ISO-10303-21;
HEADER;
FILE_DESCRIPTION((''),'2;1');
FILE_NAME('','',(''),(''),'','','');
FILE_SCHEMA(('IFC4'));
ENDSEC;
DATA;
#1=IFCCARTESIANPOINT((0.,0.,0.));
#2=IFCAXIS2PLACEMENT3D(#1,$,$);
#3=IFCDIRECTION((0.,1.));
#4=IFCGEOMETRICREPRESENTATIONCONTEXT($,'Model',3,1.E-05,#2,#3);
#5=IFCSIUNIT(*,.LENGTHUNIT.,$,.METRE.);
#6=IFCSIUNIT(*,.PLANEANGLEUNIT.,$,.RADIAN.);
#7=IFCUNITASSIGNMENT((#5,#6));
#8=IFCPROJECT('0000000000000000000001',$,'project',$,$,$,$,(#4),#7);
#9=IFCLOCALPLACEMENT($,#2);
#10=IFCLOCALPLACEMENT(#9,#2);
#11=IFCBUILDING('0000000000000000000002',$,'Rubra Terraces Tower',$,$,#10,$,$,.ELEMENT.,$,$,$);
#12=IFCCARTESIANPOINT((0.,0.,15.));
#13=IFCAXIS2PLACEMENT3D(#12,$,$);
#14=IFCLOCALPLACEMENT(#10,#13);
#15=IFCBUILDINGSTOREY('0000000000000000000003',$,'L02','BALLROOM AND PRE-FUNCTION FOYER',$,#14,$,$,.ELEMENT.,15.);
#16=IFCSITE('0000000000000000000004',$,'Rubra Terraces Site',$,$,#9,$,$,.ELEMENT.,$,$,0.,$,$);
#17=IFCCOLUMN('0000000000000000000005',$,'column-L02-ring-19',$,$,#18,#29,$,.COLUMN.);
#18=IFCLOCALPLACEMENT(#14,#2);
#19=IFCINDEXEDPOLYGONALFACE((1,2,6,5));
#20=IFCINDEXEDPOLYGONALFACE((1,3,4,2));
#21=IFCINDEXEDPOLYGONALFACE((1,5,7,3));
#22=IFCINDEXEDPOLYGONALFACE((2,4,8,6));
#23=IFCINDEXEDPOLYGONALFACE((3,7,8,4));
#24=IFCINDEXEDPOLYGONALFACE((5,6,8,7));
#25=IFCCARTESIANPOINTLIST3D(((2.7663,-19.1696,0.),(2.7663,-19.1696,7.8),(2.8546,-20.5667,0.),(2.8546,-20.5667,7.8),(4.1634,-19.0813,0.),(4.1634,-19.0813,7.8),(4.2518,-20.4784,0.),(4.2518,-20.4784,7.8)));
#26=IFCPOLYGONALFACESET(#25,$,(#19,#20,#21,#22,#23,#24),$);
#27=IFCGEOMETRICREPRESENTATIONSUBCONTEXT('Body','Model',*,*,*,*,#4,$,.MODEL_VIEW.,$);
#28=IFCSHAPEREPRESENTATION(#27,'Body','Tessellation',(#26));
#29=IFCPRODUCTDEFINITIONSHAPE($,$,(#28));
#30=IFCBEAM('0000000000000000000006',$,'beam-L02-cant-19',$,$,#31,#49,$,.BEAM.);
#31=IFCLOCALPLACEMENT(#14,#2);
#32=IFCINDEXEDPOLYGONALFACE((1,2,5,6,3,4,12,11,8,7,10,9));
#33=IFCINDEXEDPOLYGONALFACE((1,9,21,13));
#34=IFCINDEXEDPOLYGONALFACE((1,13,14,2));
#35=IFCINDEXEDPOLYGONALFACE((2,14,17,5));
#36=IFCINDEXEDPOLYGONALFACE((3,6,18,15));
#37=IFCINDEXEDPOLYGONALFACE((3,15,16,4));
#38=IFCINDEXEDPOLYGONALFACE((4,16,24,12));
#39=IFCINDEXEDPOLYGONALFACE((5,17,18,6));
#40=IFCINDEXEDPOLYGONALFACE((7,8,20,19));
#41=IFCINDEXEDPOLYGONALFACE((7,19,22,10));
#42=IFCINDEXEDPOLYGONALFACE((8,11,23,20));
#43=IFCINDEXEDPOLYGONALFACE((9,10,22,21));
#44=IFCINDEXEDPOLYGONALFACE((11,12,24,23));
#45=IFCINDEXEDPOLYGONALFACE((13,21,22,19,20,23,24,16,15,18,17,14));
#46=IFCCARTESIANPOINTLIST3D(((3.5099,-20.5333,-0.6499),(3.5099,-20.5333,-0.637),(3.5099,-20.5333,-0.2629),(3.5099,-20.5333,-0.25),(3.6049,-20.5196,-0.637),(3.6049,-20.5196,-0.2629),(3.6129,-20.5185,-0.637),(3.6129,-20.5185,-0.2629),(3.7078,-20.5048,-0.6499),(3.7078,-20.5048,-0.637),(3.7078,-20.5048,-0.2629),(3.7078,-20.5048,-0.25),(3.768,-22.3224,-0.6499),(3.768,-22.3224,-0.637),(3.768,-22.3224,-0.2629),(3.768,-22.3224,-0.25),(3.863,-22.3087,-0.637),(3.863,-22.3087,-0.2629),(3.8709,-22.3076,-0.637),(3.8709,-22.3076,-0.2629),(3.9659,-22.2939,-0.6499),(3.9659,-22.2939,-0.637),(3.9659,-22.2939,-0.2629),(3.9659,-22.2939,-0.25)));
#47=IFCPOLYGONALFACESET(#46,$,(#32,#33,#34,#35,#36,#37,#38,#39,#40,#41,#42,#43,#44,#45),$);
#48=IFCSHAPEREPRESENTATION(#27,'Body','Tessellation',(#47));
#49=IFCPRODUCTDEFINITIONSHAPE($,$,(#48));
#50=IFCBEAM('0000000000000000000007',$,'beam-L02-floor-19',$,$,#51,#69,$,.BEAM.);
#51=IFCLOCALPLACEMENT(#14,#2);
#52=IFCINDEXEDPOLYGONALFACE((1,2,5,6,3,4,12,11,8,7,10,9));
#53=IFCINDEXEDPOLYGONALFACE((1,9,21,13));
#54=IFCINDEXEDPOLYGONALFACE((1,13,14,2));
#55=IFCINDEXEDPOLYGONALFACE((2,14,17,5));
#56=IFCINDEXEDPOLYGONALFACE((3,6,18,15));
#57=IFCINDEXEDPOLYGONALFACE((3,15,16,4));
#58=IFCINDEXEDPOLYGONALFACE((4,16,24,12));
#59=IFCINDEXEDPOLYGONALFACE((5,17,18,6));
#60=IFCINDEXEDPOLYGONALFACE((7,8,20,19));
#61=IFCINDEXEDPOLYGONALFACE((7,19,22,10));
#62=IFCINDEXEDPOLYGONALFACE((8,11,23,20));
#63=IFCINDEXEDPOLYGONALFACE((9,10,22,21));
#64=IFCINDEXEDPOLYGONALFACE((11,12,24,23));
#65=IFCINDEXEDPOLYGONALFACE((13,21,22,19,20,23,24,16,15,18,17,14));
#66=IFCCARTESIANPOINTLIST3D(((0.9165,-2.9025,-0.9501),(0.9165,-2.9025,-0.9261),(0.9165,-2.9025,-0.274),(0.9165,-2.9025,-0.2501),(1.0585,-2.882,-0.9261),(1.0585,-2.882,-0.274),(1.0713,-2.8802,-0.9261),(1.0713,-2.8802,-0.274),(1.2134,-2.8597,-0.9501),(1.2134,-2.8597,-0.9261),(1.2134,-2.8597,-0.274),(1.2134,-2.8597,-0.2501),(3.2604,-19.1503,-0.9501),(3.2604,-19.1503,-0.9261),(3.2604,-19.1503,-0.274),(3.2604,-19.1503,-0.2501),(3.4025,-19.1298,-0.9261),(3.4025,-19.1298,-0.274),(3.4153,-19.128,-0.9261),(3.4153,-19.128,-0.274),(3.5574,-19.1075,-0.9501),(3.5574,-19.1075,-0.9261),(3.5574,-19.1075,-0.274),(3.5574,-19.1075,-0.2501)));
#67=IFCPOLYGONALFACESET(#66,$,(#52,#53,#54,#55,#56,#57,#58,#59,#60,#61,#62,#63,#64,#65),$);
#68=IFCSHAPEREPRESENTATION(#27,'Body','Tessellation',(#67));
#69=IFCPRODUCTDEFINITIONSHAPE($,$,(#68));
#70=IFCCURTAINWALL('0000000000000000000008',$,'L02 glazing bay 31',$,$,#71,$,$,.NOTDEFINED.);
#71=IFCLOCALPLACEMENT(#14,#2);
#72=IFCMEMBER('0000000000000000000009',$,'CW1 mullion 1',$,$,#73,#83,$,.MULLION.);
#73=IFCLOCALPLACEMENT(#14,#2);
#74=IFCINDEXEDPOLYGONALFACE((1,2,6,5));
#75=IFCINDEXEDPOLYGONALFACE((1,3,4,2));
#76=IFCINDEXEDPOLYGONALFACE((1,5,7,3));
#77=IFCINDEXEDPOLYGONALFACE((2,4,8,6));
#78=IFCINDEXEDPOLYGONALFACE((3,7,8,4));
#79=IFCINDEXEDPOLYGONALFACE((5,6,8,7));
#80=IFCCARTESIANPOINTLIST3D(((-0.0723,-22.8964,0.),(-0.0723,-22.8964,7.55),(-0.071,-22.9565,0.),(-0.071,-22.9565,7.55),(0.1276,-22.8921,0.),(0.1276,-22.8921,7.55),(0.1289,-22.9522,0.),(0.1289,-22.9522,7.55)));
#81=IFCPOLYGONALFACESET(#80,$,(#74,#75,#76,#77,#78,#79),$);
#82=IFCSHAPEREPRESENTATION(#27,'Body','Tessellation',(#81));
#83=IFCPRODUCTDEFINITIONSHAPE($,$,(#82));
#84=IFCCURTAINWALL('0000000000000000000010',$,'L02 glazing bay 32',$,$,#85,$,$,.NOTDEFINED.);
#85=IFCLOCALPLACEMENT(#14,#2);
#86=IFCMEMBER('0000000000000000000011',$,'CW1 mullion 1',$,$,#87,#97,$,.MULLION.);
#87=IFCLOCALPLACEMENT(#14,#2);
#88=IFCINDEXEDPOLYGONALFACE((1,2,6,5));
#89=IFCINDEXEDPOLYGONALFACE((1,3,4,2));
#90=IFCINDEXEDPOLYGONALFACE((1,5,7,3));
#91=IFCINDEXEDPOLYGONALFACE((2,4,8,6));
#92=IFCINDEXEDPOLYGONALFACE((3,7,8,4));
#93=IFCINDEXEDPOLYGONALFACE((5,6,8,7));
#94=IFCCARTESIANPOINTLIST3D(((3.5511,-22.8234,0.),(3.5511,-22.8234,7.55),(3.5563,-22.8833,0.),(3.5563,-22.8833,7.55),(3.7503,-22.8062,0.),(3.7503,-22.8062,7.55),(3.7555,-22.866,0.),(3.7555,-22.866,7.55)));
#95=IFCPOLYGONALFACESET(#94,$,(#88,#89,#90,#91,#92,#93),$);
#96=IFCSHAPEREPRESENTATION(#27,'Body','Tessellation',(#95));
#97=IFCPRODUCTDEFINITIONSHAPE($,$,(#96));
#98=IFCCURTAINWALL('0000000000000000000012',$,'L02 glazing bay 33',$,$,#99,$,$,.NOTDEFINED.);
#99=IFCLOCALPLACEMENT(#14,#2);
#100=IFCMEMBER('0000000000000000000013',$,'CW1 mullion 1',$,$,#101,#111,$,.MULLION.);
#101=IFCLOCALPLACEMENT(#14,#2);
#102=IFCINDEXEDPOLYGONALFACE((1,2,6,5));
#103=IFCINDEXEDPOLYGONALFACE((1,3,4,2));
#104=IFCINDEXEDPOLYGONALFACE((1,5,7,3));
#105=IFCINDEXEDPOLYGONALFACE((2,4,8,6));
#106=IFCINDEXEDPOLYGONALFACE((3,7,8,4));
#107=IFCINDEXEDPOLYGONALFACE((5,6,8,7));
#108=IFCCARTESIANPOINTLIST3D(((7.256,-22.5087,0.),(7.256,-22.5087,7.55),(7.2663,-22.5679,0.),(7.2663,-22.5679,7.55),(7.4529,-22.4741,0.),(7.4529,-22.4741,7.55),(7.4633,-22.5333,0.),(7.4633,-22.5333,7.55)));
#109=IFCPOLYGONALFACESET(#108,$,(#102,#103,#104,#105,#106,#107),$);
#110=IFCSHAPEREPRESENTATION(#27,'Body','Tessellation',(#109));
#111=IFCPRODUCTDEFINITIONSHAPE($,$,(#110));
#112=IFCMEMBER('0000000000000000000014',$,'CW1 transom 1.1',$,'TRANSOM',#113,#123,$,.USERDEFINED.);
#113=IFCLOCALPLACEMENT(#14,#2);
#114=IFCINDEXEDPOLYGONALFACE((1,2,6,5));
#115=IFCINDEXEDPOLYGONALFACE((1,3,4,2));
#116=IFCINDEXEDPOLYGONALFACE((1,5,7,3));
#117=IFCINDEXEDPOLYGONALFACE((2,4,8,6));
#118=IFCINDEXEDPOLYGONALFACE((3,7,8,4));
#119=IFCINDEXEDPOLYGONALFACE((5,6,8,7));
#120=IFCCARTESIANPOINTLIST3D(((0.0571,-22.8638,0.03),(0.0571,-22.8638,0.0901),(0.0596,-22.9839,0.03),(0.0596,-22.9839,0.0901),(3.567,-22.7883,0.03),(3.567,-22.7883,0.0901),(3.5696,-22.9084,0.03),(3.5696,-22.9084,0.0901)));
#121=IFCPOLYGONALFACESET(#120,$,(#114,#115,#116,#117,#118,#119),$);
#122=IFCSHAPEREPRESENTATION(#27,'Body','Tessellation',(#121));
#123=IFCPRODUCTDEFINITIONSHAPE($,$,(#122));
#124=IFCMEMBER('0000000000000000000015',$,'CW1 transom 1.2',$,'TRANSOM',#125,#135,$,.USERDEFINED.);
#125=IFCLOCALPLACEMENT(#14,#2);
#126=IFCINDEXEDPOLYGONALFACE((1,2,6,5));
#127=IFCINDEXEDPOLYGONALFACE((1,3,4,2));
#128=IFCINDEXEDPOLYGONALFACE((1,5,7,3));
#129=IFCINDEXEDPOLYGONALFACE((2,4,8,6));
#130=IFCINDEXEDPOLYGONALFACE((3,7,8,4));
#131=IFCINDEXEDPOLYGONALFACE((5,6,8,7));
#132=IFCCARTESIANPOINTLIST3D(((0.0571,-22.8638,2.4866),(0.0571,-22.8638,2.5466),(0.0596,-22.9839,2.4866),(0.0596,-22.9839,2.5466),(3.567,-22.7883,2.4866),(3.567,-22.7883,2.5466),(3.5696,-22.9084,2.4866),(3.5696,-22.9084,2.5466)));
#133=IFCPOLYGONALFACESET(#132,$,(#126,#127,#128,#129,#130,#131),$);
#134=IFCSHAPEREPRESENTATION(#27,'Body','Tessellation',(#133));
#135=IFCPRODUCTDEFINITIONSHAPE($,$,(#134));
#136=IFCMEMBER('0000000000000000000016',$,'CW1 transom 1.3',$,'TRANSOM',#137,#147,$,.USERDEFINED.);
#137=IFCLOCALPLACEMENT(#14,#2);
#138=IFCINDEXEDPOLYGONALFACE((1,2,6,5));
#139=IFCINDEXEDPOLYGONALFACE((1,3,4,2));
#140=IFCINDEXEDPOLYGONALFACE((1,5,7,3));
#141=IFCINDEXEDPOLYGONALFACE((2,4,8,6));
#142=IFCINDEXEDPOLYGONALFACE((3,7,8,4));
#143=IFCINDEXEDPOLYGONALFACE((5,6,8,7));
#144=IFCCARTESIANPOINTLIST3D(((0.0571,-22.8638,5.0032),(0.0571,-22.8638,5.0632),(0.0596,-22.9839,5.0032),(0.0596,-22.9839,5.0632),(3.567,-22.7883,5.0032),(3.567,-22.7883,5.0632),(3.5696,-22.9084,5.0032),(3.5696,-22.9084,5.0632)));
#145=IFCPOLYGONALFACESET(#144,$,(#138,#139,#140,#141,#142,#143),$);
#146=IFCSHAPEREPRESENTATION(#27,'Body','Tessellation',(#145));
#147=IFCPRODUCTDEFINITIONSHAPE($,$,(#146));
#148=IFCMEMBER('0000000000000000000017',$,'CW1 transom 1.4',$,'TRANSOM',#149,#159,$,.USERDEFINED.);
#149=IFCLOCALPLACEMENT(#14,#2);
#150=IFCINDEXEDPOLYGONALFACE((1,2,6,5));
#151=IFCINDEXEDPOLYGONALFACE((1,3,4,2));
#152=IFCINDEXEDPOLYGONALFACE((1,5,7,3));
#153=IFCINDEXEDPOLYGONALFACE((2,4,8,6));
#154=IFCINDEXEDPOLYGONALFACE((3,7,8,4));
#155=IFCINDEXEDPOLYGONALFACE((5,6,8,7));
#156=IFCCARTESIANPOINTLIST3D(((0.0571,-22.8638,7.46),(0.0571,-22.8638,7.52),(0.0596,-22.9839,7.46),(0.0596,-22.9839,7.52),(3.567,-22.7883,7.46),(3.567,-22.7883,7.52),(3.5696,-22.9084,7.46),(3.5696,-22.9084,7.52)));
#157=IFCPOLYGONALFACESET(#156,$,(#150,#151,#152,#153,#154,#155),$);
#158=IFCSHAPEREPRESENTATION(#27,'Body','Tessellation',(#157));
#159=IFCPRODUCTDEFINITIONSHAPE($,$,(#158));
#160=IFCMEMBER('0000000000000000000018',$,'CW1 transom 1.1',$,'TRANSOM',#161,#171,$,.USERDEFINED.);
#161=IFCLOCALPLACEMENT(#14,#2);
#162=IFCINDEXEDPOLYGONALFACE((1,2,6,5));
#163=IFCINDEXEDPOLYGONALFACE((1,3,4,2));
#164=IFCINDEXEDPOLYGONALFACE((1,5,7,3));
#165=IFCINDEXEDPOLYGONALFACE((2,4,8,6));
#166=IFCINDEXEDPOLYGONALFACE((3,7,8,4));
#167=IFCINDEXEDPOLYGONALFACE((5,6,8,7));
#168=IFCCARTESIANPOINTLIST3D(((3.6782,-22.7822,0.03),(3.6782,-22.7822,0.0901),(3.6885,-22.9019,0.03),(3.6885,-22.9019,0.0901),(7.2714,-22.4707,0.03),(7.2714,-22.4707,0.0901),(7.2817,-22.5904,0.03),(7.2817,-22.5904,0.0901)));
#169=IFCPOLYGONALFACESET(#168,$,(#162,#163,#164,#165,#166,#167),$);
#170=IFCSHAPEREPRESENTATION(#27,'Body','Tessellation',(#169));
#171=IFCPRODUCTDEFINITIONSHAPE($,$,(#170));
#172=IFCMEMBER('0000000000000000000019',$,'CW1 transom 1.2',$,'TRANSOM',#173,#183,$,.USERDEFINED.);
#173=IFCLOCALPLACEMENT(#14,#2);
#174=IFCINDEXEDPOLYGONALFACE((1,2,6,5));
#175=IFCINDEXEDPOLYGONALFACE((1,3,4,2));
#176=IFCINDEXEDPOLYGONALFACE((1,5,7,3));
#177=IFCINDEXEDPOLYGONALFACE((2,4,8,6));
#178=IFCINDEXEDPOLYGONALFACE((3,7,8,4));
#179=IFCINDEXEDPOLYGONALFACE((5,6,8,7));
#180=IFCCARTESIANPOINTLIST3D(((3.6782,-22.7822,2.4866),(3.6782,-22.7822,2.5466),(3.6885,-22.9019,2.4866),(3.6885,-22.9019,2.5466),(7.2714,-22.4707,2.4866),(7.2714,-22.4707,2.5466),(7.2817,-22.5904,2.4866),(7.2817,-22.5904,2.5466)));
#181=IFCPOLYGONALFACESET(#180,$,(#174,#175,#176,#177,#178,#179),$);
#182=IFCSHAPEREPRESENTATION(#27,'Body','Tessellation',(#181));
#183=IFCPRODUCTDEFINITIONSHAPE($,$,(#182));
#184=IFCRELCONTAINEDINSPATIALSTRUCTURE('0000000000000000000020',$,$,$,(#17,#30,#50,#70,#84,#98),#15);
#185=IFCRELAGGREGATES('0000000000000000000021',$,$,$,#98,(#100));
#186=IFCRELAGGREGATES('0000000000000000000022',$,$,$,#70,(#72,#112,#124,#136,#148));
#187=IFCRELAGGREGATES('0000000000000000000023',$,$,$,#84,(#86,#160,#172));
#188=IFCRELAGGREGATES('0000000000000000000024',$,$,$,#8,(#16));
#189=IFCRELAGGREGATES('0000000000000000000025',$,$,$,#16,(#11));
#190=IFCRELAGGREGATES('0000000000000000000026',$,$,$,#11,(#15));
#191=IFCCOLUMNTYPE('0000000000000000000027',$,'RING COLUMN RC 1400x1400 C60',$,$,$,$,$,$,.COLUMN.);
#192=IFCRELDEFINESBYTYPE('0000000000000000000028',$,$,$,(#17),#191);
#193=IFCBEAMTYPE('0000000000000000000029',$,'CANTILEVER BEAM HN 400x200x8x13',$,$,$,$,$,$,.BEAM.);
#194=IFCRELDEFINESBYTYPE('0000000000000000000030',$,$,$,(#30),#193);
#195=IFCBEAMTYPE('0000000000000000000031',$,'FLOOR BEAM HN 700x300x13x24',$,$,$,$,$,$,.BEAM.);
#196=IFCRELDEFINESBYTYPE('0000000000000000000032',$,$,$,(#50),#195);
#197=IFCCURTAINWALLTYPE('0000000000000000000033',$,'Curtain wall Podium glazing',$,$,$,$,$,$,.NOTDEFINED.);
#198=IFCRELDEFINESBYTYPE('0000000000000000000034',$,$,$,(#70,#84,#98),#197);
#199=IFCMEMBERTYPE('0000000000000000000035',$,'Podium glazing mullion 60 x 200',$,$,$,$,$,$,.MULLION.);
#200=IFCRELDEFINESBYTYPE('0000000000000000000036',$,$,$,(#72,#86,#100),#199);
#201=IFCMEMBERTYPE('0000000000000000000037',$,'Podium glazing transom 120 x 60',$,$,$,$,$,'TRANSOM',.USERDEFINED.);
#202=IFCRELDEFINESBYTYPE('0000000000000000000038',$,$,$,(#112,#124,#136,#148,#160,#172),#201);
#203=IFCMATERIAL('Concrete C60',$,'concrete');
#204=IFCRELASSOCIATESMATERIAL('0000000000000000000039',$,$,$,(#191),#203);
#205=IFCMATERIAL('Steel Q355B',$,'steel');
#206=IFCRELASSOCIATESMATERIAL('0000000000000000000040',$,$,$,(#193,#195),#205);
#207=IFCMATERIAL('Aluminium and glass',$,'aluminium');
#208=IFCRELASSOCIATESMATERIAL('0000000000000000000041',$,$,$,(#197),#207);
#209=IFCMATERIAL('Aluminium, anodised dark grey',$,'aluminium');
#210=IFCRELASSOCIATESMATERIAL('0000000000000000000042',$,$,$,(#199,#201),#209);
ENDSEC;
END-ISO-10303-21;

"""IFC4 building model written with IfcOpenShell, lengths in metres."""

from ifc_helpers import new_model, si_unit, direction, frame, origin, origin_2d, place, context, subcontext, project, spatial, rectangle, i_section, extrude, material, material_profile, profile_set, type_object, element, aggregate, save


model = new_model("IFC4")

# Units and contexts
model_context = context("Model", 3, precision=1e-05, world=origin(), true_north=direction((0.0, 1.0)))
body_context = subcontext(model_context, "Body", "Model", "MODEL_VIEW")
ifc_project = project(units=[si_unit("LENGTHUNIT", "METRE"), si_unit("PLANEANGLEUNIT", "RADIAN")], contexts=[model_context])

# Site, building, storey
site_placement = place(None, origin())
site = spatial("IfcSite", under=ifc_project, at=site_placement, Name="Rubra Terraces Site", CompositionType="ELEMENT", RefElevation=0.0)
building_placement = place(site_placement, origin())
building = spatial("IfcBuilding", under=site, at=building_placement, Name="Rubra Terraces Tower", CompositionType="ELEMENT")
storey_placement = place(building_placement, frame((0.0, 0.0, 15.0)))
storey = spatial("IfcBuildingStorey", under=building, at=storey_placement, Name="L02", Description="BALLROOM AND PRE-FUNCTION FOYER", CompositionType="ELEMENT", Elevation=15.0)

# Column
ifc_material_1 = material(Name="Concrete C60", Category="concrete")
ifc_material_profile_1 = material_profile(ifc_material_1, rectangle(XDim=1.3999, YDim=1.3999, at=origin_2d()), Name="RC 1400x1400")
ifc_profile_set_1 = profile_set([ifc_material_profile_1], Name="Concrete C60")
column_type = type_object("IfcColumnType", Name="RING COLUMN RC 1400x1400 C60", PredefinedType="COLUMN", material=ifc_profile_set_1)
column_placement = place(storey_placement, frame((3.509, -19.824, 0.0), z_axis=(0.0, 0.0, 1.0), x_axis=(0.998008, 0.063094, 0.0)))
element("IfcColumn", 1, at=column_placement, inside=storey, type_object=column_type, Name="column-L02-ring-19", PredefinedType="COLUMN", context=body_context, shape_type="SweptSolid", body=[
    extrude(rectangle(XDim=1.3999, YDim=1.3999, at=origin_2d()), origin(), (0.0, 0.0, 1.0), 7.8),
])

# Beams
ifc_material_2 = material(Name="Steel Q355B", Category="steel")
ifc_material_profile_2 = material_profile(ifc_material_2, i_section(OverallWidth=0.2, OverallDepth=0.3999, WebThickness=0.0081, FlangeThickness=0.0129, at=origin_2d()), Name="HN 400x200x8x13")
ifc_profile_set_2 = profile_set([ifc_material_profile_2], Name="Steel Q355B")
beam_type_1 = type_object("IfcBeamType", Name="CANTILEVER BEAM HN 400x200x8x13", PredefinedType="BEAM", material=ifc_profile_set_2)
beam_1_placement = place(storey_placement, frame((3.6089, -20.519, -0.45), z_axis=(0.142764, -0.989757, 0.0), x_axis=(0.989757, 0.142764, 0.0)))
element("IfcBeam", 2, at=beam_1_placement, inside=storey, type_object=beam_type_1, Name="beam-L02-cant-19", PredefinedType="BEAM", context=body_context, shape_type="SweptSolid", body=[
    extrude(i_section(OverallWidth=0.2, OverallDepth=0.3999, WebThickness=0.0081, FlangeThickness=0.0129, at=origin_2d()), origin(), (0.0, 0.0, 1.0), 1.8076),
])
ifc_material_profile_3 = material_profile(ifc_material_2, i_section(OverallWidth=0.3, OverallDepth=0.7, WebThickness=0.0129, FlangeThickness=0.0239, at=origin_2d()), Name="HN 700x300x13x24")
ifc_profile_set_3 = profile_set([ifc_material_profile_3], Name="Steel Q355B")
beam_type_2 = type_object("IfcBeamType", Name="FLOOR BEAM HN 700x300x13x24", PredefinedType="BEAM", material=ifc_profile_set_3)
beam_2_placement = place(storey_placement, frame((3.4089, -19.1289, -0.6001), z_axis=(-0.142787, 0.989753, 0.0), x_axis=(-0.989753, -0.142787, 0.0)))
element("IfcBeam", 3, at=beam_2_placement, inside=storey, type_object=beam_type_2, Name="beam-L02-floor-19", PredefinedType="BEAM", context=body_context, shape_type="SweptSolid", body=[
    extrude(i_section(OverallWidth=0.3, OverallDepth=0.7, WebThickness=0.0129, FlangeThickness=0.0239, at=origin_2d()), origin(), (0.0, 0.0, 1.0), 16.416),
])

# Curtain walls, members
ifc_material_3 = material(Name="Aluminium and glass", Category="aluminium")
curtain_wall_type = type_object("IfcCurtainWallType", Name="Curtain wall Podium glazing", PredefinedType="NOTDEFINED", material=ifc_material_3)
curtain_wall_1_placement = place(storey_placement, origin())
curtain_wall_1 = element("IfcCurtainWall", 4, at=curtain_wall_1_placement, inside=storey, type_object=curtain_wall_type, Name="L02 glazing bay 31", PredefinedType="NOTDEFINED")
ifc_material_4 = material(Name="Aluminium, anodised dark grey", Category="aluminium")
ifc_material_profile_4 = material_profile(ifc_material_4, rectangle(XDim=0.0601, YDim=0.2, at=origin_2d()), Name="AL 60x200")
ifc_profile_set_4 = profile_set([ifc_material_profile_4], Name="Aluminium, anodised dark grey")
member_type_1 = type_object("IfcMemberType", Name="Podium glazing mullion 60 x 200", PredefinedType="MULLION", material=ifc_profile_set_4)
member_1_placement = place(storey_placement, frame((0.0283, -22.9243, 0.0), z_axis=(0.0, 0.0, 1.0), x_axis=(-0.021483, 0.999769, 0.0)))
member_1 = element("IfcMember", 5, at=member_1_placement, type_object=member_type_1, Name="CW1 mullion 1", PredefinedType="MULLION", context=body_context, shape_type="SweptSolid", body=[
    extrude(rectangle(XDim=0.0601, YDim=0.2, at=origin_2d()), origin(), (0.0, 0.0, 1.0), 7.55),
])
curtain_wall_2_placement = place(storey_placement, origin())
curtain_wall_2 = element("IfcCurtainWall", 6, at=curtain_wall_2_placement, inside=storey, type_object=curtain_wall_type, Name="L02 glazing bay 32", PredefinedType="NOTDEFINED")
member_2_placement = place(storey_placement, frame((3.6533, -22.8447, 0.0), z_axis=(0.0, 0.0, 1.0), x_axis=(-0.086398, 0.996261, 0.0)))
member_2 = element("IfcMember", 7, at=member_2_placement, type_object=member_type_1, Name="CW1 mullion 1", PredefinedType="MULLION", context=body_context, shape_type="SweptSolid", body=[
    extrude(rectangle(XDim=0.0601, YDim=0.2, at=origin_2d()), origin(), (0.0, 0.0, 1.0), 7.55),
])
curtain_wall_3_placement = place(storey_placement, origin())
curtain_wall_3 = element("IfcCurtainWall", 8, at=curtain_wall_3_placement, inside=storey, type_object=curtain_wall_type, Name="L02 glazing bay 33", PredefinedType="NOTDEFINED")
member_3_placement = place(storey_placement, frame((7.3596, -22.521, 0.0), z_axis=(0.0, 0.0, 1.0), x_axis=(-0.172817, 0.984954, 0.0)))
member_3 = element("IfcMember", 9, at=member_3_placement, type_object=member_type_1, Name="CW1 mullion 1", PredefinedType="MULLION", context=body_context, shape_type="SweptSolid", body=[
    extrude(rectangle(XDim=0.0601, YDim=0.2, at=origin_2d()), origin(), (0.0, 0.0, 1.0), 7.55),
])

# Members
ifc_material_profile_5 = material_profile(ifc_material_4, rectangle(XDim=0.1201, YDim=0.0601, at=origin_2d()), Name="AL 120x60")
ifc_profile_set_5 = profile_set([ifc_material_profile_5], Name="Aluminium, anodised dark grey")
member_type_2 = type_object("IfcMemberType", Name="Podium glazing transom 120 x 60", ElementType="TRANSOM", PredefinedType="USERDEFINED", material=ifc_profile_set_5)
member_4_placement = place(storey_placement, frame((0.0583, -22.9238, 0.0601), z_axis=(0.999769, 0.021488, 0.0), x_axis=(-0.021488, 0.999769, 0.0)))
member_4 = element("IfcMember", 10, at=member_4_placement, type_object=member_type_2, Name="CW1 transom 1.1", ObjectType="TRANSOM", PredefinedType="USERDEFINED", context=body_context, shape_type="SweptSolid", body=[
    extrude(rectangle(XDim=0.1201, YDim=0.0601, at=origin_2d()), origin(), (0.0, 0.0, 1.0), 3.5107),
])
member_5_placement = place(storey_placement, frame((0.0583, -22.9238, 2.5166), z_axis=(0.999769, 0.021488, 0.0), x_axis=(-0.021488, 0.999769, 0.0)))
member_5 = element("IfcMember", 11, at=member_5_placement, type_object=member_type_2, Name="CW1 transom 1.2", ObjectType="TRANSOM", PredefinedType="USERDEFINED", context=body_context, shape_type="SweptSolid", body=[
    extrude(rectangle(XDim=0.1201, YDim=0.0601, at=origin_2d()), origin(), (0.0, 0.0, 1.0), 3.5107),
])
member_6_placement = place(storey_placement, frame((0.0583, -22.9238, 5.0332), z_axis=(0.999769, 0.021488, 0.0), x_axis=(-0.021488, 0.999769, 0.0)))
member_6 = element("IfcMember", 12, at=member_6_placement, type_object=member_type_2, Name="CW1 transom 1.3", ObjectType="TRANSOM", PredefinedType="USERDEFINED", context=body_context, shape_type="SweptSolid", body=[
    extrude(rectangle(XDim=0.1201, YDim=0.0601, at=origin_2d()), origin(), (0.0, 0.0, 1.0), 3.5107),
])
member_7_placement = place(storey_placement, frame((0.0583, -22.9238, 7.49), z_axis=(0.999769, 0.021488, 0.0), x_axis=(-0.021488, 0.999769, 0.0)))
member_7 = element("IfcMember", 13, at=member_7_placement, type_object=member_type_2, Name="CW1 transom 1.4", ObjectType="TRANSOM", PredefinedType="USERDEFINED", context=body_context, shape_type="SweptSolid", body=[
    extrude(rectangle(XDim=0.1201, YDim=0.0601, at=origin_2d()), origin(), (0.0, 0.0, 1.0), 3.5107),
])
member_8_placement = place(storey_placement, frame((3.6833, -22.842, 0.0601), z_axis=(0.996263, 0.086373, 0.0), x_axis=(-0.086373, 0.996263, 0.0)))
member_8 = element("IfcMember", 14, at=member_8_placement, type_object=member_type_2, Name="CW1 transom 1.1", ObjectType="TRANSOM", PredefinedType="USERDEFINED", context=body_context, shape_type="SweptSolid", body=[
    extrude(rectangle(XDim=0.1201, YDim=0.0601, at=origin_2d()), origin(), (0.0, 0.0, 1.0), 3.6067),
])
member_9_placement = place(storey_placement, frame((3.6833, -22.842, 2.5166), z_axis=(0.996263, 0.086373, 0.0), x_axis=(-0.086373, 0.996263, 0.0)))
member_9 = element("IfcMember", 15, at=member_9_placement, type_object=member_type_2, Name="CW1 transom 1.2", ObjectType="TRANSOM", PredefinedType="USERDEFINED", context=body_context, shape_type="SweptSolid", body=[
    extrude(rectangle(XDim=0.1201, YDim=0.0601, at=origin_2d()), origin(), (0.0, 0.0, 1.0), 3.6067),
])
aggregate(curtain_wall_3, [member_3])

aggregate(curtain_wall_1, [member_1, member_4, member_5, member_6, member_7])
aggregate(curtain_wall_2, [member_2, member_8, member_9])

save(model, "model.ifc")
